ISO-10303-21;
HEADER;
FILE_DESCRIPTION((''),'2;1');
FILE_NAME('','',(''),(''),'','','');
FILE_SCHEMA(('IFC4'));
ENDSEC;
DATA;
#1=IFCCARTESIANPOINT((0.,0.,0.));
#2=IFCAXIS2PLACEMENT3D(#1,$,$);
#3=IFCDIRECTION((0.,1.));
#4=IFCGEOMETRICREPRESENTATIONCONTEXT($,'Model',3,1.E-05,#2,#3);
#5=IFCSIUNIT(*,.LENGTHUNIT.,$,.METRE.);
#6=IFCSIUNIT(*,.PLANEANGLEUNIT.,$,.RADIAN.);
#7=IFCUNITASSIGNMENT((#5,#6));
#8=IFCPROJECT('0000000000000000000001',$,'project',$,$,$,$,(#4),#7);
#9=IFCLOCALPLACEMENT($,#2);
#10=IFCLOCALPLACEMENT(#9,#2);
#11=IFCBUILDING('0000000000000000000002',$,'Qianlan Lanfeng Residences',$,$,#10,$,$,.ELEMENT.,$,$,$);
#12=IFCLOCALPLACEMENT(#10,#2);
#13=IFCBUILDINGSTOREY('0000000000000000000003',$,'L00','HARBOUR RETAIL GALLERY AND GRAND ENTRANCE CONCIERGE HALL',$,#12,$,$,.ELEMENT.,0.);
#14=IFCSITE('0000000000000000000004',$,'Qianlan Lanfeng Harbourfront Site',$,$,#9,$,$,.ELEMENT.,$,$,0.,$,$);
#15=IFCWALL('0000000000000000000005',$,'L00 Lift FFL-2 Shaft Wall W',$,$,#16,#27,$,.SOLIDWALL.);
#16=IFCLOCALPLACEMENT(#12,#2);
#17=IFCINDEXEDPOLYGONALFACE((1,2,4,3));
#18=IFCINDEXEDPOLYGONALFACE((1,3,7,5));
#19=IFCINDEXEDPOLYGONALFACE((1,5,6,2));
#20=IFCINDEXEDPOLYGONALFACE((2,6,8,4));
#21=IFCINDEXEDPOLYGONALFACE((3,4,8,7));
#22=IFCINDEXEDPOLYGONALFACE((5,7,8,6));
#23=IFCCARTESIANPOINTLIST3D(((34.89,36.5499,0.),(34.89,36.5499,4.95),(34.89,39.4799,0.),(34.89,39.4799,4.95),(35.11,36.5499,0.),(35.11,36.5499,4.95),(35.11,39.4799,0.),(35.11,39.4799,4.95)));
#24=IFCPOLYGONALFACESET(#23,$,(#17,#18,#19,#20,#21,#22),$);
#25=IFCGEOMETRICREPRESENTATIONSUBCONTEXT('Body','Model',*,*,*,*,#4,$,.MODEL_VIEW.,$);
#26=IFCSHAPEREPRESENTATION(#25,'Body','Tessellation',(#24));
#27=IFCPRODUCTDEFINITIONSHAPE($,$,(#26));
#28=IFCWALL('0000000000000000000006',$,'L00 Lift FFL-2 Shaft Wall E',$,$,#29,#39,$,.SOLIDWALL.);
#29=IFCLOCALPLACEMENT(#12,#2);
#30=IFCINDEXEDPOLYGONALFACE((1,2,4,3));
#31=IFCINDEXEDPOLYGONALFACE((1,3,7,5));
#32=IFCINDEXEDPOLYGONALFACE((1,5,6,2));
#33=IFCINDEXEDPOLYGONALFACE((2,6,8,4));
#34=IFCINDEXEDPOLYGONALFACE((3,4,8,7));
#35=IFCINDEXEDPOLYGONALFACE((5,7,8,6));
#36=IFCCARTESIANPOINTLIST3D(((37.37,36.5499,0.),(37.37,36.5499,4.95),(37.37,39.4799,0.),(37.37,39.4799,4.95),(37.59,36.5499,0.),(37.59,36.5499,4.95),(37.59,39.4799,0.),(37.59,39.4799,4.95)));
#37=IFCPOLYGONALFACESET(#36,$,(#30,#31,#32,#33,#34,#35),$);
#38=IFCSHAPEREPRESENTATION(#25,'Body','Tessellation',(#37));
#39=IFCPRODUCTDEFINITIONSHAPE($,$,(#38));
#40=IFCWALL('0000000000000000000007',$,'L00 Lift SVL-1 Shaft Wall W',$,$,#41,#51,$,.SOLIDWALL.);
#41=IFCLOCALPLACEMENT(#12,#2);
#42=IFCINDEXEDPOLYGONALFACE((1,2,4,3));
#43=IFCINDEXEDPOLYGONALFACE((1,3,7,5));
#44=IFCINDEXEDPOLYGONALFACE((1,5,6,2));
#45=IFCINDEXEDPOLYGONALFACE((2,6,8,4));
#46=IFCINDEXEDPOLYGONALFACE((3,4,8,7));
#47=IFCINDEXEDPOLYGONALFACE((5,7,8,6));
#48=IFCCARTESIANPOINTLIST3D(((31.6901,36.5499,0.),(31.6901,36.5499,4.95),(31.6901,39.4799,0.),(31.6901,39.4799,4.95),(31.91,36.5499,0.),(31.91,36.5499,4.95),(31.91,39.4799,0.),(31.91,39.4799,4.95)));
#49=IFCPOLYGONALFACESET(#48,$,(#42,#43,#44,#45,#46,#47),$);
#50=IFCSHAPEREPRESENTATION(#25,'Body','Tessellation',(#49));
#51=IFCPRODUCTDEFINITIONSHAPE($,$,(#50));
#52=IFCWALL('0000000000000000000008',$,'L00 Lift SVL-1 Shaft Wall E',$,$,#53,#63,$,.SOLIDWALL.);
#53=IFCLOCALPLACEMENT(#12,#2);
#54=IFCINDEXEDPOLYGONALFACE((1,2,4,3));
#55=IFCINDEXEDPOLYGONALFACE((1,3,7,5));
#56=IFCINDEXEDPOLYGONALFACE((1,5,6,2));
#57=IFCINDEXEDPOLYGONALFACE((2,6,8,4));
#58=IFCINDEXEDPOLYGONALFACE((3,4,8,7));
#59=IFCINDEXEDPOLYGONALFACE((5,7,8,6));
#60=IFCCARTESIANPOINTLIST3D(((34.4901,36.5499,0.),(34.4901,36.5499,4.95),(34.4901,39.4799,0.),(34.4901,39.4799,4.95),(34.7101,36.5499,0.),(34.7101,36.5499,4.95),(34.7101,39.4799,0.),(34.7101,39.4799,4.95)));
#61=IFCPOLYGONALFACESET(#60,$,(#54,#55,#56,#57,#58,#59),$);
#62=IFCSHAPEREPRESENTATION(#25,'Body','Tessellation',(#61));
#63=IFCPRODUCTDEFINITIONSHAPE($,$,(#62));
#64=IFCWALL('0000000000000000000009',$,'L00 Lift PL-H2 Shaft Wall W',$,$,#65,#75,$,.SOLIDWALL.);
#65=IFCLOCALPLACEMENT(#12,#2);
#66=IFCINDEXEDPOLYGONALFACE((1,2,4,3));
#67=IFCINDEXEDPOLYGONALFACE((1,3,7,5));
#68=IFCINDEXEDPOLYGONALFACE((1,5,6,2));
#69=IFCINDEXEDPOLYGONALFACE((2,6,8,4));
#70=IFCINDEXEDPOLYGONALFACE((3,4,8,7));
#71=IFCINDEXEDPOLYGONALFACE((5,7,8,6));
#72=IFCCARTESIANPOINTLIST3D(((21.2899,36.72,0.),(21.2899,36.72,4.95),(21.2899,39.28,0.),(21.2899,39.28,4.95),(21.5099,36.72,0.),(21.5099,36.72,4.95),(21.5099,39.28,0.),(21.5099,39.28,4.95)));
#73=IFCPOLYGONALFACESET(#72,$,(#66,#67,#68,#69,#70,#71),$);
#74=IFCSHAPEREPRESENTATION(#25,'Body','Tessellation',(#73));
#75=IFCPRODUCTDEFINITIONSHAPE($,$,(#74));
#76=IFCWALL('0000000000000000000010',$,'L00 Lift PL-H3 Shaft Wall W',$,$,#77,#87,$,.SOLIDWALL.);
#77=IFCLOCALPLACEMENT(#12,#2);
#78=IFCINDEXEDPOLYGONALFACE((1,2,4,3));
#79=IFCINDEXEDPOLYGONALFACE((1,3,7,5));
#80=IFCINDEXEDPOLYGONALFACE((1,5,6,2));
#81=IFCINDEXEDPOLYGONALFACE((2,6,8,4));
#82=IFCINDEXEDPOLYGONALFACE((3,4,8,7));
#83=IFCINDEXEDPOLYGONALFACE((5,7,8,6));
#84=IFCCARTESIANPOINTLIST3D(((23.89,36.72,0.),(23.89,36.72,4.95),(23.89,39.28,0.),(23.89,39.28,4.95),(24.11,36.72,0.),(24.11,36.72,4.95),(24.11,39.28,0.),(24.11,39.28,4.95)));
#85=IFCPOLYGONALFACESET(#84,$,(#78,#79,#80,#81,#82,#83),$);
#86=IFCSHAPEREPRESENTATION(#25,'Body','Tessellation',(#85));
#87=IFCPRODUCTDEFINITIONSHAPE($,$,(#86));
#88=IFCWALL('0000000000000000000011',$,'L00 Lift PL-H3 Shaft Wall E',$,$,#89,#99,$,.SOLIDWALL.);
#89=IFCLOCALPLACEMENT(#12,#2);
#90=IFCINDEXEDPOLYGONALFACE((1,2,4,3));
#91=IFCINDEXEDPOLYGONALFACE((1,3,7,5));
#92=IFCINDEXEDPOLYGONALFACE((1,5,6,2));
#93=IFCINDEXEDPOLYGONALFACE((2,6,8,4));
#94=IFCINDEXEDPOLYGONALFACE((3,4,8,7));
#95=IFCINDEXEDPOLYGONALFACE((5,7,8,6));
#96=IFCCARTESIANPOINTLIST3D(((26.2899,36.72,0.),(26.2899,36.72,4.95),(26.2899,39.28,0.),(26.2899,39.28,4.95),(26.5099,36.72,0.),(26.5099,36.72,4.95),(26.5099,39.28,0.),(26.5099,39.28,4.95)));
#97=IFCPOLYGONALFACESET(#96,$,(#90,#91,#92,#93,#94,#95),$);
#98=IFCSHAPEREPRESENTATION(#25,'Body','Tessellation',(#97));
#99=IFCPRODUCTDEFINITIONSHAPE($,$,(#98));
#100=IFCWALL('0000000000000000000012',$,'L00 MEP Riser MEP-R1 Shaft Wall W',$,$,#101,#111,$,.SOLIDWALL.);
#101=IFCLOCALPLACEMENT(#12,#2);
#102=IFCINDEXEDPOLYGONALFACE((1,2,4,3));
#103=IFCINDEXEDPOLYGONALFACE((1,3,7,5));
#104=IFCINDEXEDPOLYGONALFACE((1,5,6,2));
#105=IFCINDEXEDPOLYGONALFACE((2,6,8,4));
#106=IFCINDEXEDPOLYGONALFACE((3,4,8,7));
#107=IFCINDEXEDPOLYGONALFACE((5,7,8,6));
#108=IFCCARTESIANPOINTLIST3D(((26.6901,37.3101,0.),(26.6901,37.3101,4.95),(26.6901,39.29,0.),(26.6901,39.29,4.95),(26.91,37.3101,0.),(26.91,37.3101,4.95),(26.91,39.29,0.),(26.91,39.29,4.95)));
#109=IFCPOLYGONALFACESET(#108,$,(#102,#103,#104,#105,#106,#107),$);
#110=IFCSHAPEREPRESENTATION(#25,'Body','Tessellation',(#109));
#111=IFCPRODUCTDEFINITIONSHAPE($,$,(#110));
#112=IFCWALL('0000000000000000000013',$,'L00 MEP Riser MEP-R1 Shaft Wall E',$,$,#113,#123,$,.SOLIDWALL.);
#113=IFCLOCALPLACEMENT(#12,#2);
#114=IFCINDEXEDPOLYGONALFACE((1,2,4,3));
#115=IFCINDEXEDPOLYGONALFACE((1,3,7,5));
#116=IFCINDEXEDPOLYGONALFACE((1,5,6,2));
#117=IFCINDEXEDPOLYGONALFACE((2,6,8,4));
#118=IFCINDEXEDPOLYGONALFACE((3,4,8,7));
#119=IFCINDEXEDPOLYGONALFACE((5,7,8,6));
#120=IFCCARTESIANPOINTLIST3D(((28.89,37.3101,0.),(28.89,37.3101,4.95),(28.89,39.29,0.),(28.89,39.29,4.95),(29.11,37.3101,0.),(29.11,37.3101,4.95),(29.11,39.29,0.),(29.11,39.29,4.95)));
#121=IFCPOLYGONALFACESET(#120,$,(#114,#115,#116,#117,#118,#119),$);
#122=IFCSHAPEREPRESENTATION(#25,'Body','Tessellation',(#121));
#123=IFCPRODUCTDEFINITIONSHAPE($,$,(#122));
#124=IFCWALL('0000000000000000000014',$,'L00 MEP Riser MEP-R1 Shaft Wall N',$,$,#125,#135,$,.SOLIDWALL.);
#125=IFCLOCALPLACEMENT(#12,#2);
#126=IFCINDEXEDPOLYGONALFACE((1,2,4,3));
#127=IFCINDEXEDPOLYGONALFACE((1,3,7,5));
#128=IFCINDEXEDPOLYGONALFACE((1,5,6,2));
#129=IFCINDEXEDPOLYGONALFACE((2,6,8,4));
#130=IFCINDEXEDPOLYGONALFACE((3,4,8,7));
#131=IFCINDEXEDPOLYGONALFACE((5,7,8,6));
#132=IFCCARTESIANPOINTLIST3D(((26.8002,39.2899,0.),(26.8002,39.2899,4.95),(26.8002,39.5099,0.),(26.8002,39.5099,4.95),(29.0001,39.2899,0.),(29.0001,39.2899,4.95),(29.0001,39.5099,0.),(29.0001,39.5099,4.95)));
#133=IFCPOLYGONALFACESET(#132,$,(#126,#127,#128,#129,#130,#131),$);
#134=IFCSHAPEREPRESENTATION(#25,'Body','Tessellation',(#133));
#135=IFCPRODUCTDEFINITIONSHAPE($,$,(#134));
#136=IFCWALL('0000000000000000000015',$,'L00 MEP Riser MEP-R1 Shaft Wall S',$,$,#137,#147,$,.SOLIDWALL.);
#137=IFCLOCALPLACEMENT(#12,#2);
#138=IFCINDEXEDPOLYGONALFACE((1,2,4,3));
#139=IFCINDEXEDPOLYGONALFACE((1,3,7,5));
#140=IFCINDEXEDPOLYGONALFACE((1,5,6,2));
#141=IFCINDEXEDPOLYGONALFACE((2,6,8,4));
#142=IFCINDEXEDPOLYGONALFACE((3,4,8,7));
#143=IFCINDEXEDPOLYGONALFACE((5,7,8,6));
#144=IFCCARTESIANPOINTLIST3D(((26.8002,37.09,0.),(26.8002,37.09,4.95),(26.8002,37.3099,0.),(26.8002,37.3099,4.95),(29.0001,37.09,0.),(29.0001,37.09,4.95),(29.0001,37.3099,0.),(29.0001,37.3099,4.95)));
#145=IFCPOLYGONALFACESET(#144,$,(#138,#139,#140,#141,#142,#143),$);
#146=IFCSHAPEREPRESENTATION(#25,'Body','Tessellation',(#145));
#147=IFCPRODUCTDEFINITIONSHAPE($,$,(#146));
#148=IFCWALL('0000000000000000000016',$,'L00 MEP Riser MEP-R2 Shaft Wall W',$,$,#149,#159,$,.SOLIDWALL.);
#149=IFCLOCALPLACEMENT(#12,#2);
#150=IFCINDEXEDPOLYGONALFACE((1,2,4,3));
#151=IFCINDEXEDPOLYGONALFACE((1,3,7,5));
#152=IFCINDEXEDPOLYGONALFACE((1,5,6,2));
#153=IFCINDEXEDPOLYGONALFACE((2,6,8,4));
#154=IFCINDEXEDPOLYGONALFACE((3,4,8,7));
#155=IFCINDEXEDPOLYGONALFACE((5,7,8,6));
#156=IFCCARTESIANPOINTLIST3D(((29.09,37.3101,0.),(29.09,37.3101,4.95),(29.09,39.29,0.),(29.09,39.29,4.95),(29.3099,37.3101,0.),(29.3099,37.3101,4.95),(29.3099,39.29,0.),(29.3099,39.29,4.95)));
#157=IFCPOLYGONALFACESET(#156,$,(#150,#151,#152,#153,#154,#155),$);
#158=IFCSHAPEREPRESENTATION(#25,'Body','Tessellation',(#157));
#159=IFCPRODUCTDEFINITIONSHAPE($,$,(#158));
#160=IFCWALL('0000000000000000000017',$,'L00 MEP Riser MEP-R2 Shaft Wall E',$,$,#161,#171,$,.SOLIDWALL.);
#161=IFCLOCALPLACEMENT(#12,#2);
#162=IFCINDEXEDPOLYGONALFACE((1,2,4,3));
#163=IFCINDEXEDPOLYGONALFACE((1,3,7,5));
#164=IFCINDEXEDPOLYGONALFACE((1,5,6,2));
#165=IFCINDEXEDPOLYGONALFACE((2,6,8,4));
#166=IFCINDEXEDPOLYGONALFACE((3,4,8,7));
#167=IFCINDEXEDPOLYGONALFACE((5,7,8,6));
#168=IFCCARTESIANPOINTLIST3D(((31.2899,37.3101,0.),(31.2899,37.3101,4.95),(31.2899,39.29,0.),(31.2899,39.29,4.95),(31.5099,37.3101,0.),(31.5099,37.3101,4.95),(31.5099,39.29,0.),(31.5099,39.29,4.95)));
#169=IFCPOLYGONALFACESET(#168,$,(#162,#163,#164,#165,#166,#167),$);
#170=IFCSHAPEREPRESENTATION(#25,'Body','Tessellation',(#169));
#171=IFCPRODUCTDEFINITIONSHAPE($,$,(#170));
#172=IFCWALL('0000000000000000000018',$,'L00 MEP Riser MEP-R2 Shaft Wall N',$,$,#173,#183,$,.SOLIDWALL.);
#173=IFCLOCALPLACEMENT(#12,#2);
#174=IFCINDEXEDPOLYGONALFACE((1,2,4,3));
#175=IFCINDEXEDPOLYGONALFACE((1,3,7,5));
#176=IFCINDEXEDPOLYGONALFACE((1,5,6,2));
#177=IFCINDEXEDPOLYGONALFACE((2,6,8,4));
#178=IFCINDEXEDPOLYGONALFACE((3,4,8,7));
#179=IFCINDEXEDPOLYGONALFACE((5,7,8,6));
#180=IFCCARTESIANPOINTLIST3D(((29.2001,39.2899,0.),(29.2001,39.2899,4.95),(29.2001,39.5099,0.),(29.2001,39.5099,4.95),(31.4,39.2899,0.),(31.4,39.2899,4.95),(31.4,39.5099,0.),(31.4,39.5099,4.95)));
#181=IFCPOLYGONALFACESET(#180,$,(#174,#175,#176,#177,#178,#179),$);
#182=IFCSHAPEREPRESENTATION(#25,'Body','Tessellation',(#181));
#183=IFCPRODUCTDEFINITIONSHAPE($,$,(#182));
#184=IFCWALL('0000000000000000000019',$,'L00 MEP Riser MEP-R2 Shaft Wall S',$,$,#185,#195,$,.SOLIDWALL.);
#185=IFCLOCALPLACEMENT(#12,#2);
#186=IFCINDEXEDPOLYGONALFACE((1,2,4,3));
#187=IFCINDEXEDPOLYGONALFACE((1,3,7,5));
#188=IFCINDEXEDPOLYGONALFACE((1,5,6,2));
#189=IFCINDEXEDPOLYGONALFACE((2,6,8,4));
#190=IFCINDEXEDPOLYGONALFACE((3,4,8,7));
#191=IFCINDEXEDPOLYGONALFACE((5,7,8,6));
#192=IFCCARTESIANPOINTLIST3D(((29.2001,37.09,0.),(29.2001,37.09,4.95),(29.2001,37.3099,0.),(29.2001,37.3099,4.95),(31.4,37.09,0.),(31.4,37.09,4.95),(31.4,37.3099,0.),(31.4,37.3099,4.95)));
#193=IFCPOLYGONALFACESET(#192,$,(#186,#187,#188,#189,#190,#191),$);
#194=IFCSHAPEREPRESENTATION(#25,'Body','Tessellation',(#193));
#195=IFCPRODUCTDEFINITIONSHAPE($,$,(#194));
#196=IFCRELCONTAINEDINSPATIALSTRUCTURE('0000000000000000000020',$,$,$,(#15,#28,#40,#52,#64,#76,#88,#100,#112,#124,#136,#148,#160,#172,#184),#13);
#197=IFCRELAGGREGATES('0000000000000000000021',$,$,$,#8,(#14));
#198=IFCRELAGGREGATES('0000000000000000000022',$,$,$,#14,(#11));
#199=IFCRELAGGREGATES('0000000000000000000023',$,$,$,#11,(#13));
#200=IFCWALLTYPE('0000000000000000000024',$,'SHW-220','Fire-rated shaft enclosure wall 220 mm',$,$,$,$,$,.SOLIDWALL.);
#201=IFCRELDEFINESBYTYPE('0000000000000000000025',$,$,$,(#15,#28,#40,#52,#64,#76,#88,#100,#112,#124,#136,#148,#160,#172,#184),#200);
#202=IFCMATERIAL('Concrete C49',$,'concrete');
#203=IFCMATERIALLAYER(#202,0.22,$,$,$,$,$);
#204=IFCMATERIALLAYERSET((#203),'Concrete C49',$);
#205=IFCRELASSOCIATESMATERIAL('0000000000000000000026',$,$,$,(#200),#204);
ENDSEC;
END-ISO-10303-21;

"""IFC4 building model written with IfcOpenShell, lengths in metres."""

from ifc_helpers import new_model, si_unit, direction, frame, frame_2d, origin, place, context, subcontext, project, spatial, rectangle, extrude, material, layer, layer_set, type_object, element, save


model = new_model("IFC4")

# Units and contexts
model_context = context("Model", 3, precision=1e-05, world=origin(), true_north=direction((0.0, 1.0)))
body_context = subcontext(model_context, "Body", "Model", "MODEL_VIEW")
ifc_project = project(units=[si_unit("LENGTHUNIT", "METRE"), si_unit("PLANEANGLEUNIT", "RADIAN")], contexts=[model_context])

# Site, building, storey
site_placement = place(None, origin())
site = spatial("IfcSite", under=ifc_project, at=site_placement, Name="Qianlan Lanfeng Harbourfront Site", CompositionType="ELEMENT", RefElevation=0.0)
building_placement = place(site_placement, origin())
building = spatial("IfcBuilding", under=site, at=building_placement, Name="Qianlan Lanfeng Residences", CompositionType="ELEMENT")
storey_placement = place(building_placement, origin())
storey = spatial("IfcBuildingStorey", under=building, at=storey_placement, Name="L00", Description="HARBOUR RETAIL GALLERY AND GRAND ENTRANCE CONCIERGE HALL", CompositionType="ELEMENT", Elevation=0.0)

# Walls
ifc_material_1 = material(Name="Concrete C49", Category="concrete")
ifc_layer_1 = layer(ifc_material_1, 0.22)
ifc_layer_set_1 = layer_set([ifc_layer_1], Name="Concrete C49")
wall_type_1 = type_object("IfcWallType", Name="SHW-220", Description="Fire-rated shaft enclosure wall 220 mm", PredefinedType="SOLIDWALL", material=ifc_layer_set_1)
for number, where, z_axis, x_axis, name in (
    (1, (35.0, 36.55, 0.0), (0.0, 0.0, 1.0), (0.0, 1.0, 0.0), "L00 Lift FFL-2 Shaft Wall W"),
    (2, (37.48, 36.55, 0.0), (0.0, 0.0, 1.0), (0.0, 1.0, 0.0), "L00 Lift FFL-2 Shaft Wall E"),
    (3, (31.8, 36.55, 0.0), (0.0, 0.0, 1.0), (0.0, 1.0, 0.0), "L00 Lift SVL-1 Shaft Wall W"),
    (4, (34.6001, 36.55, 0.0), (0.0, 0.0, 1.0), (0.0, 1.0, 0.0), "L00 Lift SVL-1 Shaft Wall E"),
):
    element("IfcWall", number, at=place(storey_placement, frame(where, z_axis=z_axis, x_axis=x_axis)), inside=storey, type_object=wall_type_1, Name=name, PredefinedType="SOLIDWALL", context=body_context, shape_type="SweptSolid", body=[
        extrude(rectangle(XDim=2.9299, YDim=0.22, at=frame_2d((1.4648, 0.0))), origin(), (0.0, 0.0, 1.0), 4.95),
    ])
for number, where, z_axis, x_axis, name in (
    (5, (21.3999, 36.72, 0.0), (0.0, 0.0, 1.0), (0.0, 1.0, 0.0), "L00 Lift PL-H2 Shaft Wall W"),
    (6, (24.0, 36.72, 0.0), (0.0, 0.0, 1.0), (0.0, 1.0, 0.0), "L00 Lift PL-H3 Shaft Wall W"),
    (7, (26.3999, 36.72, 0.0), (0.0, 0.0, 1.0), (0.0, 1.0, 0.0), "L00 Lift PL-H3 Shaft Wall E"),
):
    element("IfcWall", number, at=place(storey_placement, frame(where, z_axis=z_axis, x_axis=x_axis)), inside=storey, type_object=wall_type_1, Name=name, PredefinedType="SOLIDWALL", context=body_context, shape_type="SweptSolid", body=[
        extrude(rectangle(XDim=2.5601, YDim=0.22, at=frame_2d((1.28, 0.0))), origin(), (0.0, 0.0, 1.0), 4.95),
    ])
for number, where, z_axis, x_axis, name in (
    (8, (26.8, 37.3101, 0.0), (0.0, 0.0, 1.0), (0.0, 1.0, 0.0), "L00 MEP Riser MEP-R1 Shaft Wall W"),
    (9, (29.0, 37.3101, 0.0), (0.0, 0.0, 1.0), (0.0, 1.0, 0.0), "L00 MEP Riser MEP-R1 Shaft Wall E"),
):
    element("IfcWall", number, at=place(storey_placement, frame(where, z_axis=z_axis, x_axis=x_axis)), inside=storey, type_object=wall_type_1, Name=name, PredefinedType="SOLIDWALL", context=body_context, shape_type="SweptSolid", body=[
        extrude(rectangle(XDim=1.98, YDim=0.22, at=frame_2d((0.99, 0.0))), origin(), (0.0, 0.0, 1.0), 4.95),
    ])
for number, where, z_axis, x_axis, name in (
    (10, (26.8, 39.3999, 0.0), (0.0, 0.0, 1.0), (1.0, 0.0, 0.0), "L00 MEP Riser MEP-R1 Shaft Wall N"),
    (11, (26.8, 37.2, 0.0), (0.0, 0.0, 1.0), (1.0, 0.0, 0.0), "L00 MEP Riser MEP-R1 Shaft Wall S"),
):
    element("IfcWall", number, at=place(storey_placement, frame(where, z_axis=z_axis, x_axis=x_axis)), inside=storey, type_object=wall_type_1, Name=name, PredefinedType="SOLIDWALL", context=body_context, shape_type="SweptSolid", body=[
        extrude(rectangle(XDim=2.2, YDim=0.22, at=frame_2d((1.1001, 0.0))), origin(), (0.0, 0.0, 1.0), 4.95),
    ])
for number, where, z_axis, x_axis, name in (
    (12, (29.2, 37.3101, 0.0), (0.0, 0.0, 1.0), (0.0, 1.0, 0.0), "L00 MEP Riser MEP-R2 Shaft Wall W"),
    (13, (31.3999, 37.3101, 0.0), (0.0, 0.0, 1.0), (0.0, 1.0, 0.0), "L00 MEP Riser MEP-R2 Shaft Wall E"),
):
    element("IfcWall", number, at=place(storey_placement, frame(where, z_axis=z_axis, x_axis=x_axis)), inside=storey, type_object=wall_type_1, Name=name, PredefinedType="SOLIDWALL", context=body_context, shape_type="SweptSolid", body=[
        extrude(rectangle(XDim=1.98, YDim=0.22, at=frame_2d((0.99, 0.0))), origin(), (0.0, 0.0, 1.0), 4.95),
    ])
for number, where, z_axis, x_axis, name in (
    (14, (29.2, 39.3999, 0.0), (0.0, 0.0, 1.0), (1.0, 0.0, 0.0), "L00 MEP Riser MEP-R2 Shaft Wall N"),
    (15, (29.2, 37.2, 0.0), (0.0, 0.0, 1.0), (1.0, 0.0, 0.0), "L00 MEP Riser MEP-R2 Shaft Wall S"),
):
    element("IfcWall", number, at=place(storey_placement, frame(where, z_axis=z_axis, x_axis=x_axis)), inside=storey, type_object=wall_type_1, Name=name, PredefinedType="SOLIDWALL", context=body_context, shape_type="SweptSolid", body=[
        extrude(rectangle(XDim=2.2, YDim=0.22, at=frame_2d((1.1001, 0.0))), origin(), (0.0, 0.0, 1.0), 4.95),
    ])

save(model, "model.ifc")
